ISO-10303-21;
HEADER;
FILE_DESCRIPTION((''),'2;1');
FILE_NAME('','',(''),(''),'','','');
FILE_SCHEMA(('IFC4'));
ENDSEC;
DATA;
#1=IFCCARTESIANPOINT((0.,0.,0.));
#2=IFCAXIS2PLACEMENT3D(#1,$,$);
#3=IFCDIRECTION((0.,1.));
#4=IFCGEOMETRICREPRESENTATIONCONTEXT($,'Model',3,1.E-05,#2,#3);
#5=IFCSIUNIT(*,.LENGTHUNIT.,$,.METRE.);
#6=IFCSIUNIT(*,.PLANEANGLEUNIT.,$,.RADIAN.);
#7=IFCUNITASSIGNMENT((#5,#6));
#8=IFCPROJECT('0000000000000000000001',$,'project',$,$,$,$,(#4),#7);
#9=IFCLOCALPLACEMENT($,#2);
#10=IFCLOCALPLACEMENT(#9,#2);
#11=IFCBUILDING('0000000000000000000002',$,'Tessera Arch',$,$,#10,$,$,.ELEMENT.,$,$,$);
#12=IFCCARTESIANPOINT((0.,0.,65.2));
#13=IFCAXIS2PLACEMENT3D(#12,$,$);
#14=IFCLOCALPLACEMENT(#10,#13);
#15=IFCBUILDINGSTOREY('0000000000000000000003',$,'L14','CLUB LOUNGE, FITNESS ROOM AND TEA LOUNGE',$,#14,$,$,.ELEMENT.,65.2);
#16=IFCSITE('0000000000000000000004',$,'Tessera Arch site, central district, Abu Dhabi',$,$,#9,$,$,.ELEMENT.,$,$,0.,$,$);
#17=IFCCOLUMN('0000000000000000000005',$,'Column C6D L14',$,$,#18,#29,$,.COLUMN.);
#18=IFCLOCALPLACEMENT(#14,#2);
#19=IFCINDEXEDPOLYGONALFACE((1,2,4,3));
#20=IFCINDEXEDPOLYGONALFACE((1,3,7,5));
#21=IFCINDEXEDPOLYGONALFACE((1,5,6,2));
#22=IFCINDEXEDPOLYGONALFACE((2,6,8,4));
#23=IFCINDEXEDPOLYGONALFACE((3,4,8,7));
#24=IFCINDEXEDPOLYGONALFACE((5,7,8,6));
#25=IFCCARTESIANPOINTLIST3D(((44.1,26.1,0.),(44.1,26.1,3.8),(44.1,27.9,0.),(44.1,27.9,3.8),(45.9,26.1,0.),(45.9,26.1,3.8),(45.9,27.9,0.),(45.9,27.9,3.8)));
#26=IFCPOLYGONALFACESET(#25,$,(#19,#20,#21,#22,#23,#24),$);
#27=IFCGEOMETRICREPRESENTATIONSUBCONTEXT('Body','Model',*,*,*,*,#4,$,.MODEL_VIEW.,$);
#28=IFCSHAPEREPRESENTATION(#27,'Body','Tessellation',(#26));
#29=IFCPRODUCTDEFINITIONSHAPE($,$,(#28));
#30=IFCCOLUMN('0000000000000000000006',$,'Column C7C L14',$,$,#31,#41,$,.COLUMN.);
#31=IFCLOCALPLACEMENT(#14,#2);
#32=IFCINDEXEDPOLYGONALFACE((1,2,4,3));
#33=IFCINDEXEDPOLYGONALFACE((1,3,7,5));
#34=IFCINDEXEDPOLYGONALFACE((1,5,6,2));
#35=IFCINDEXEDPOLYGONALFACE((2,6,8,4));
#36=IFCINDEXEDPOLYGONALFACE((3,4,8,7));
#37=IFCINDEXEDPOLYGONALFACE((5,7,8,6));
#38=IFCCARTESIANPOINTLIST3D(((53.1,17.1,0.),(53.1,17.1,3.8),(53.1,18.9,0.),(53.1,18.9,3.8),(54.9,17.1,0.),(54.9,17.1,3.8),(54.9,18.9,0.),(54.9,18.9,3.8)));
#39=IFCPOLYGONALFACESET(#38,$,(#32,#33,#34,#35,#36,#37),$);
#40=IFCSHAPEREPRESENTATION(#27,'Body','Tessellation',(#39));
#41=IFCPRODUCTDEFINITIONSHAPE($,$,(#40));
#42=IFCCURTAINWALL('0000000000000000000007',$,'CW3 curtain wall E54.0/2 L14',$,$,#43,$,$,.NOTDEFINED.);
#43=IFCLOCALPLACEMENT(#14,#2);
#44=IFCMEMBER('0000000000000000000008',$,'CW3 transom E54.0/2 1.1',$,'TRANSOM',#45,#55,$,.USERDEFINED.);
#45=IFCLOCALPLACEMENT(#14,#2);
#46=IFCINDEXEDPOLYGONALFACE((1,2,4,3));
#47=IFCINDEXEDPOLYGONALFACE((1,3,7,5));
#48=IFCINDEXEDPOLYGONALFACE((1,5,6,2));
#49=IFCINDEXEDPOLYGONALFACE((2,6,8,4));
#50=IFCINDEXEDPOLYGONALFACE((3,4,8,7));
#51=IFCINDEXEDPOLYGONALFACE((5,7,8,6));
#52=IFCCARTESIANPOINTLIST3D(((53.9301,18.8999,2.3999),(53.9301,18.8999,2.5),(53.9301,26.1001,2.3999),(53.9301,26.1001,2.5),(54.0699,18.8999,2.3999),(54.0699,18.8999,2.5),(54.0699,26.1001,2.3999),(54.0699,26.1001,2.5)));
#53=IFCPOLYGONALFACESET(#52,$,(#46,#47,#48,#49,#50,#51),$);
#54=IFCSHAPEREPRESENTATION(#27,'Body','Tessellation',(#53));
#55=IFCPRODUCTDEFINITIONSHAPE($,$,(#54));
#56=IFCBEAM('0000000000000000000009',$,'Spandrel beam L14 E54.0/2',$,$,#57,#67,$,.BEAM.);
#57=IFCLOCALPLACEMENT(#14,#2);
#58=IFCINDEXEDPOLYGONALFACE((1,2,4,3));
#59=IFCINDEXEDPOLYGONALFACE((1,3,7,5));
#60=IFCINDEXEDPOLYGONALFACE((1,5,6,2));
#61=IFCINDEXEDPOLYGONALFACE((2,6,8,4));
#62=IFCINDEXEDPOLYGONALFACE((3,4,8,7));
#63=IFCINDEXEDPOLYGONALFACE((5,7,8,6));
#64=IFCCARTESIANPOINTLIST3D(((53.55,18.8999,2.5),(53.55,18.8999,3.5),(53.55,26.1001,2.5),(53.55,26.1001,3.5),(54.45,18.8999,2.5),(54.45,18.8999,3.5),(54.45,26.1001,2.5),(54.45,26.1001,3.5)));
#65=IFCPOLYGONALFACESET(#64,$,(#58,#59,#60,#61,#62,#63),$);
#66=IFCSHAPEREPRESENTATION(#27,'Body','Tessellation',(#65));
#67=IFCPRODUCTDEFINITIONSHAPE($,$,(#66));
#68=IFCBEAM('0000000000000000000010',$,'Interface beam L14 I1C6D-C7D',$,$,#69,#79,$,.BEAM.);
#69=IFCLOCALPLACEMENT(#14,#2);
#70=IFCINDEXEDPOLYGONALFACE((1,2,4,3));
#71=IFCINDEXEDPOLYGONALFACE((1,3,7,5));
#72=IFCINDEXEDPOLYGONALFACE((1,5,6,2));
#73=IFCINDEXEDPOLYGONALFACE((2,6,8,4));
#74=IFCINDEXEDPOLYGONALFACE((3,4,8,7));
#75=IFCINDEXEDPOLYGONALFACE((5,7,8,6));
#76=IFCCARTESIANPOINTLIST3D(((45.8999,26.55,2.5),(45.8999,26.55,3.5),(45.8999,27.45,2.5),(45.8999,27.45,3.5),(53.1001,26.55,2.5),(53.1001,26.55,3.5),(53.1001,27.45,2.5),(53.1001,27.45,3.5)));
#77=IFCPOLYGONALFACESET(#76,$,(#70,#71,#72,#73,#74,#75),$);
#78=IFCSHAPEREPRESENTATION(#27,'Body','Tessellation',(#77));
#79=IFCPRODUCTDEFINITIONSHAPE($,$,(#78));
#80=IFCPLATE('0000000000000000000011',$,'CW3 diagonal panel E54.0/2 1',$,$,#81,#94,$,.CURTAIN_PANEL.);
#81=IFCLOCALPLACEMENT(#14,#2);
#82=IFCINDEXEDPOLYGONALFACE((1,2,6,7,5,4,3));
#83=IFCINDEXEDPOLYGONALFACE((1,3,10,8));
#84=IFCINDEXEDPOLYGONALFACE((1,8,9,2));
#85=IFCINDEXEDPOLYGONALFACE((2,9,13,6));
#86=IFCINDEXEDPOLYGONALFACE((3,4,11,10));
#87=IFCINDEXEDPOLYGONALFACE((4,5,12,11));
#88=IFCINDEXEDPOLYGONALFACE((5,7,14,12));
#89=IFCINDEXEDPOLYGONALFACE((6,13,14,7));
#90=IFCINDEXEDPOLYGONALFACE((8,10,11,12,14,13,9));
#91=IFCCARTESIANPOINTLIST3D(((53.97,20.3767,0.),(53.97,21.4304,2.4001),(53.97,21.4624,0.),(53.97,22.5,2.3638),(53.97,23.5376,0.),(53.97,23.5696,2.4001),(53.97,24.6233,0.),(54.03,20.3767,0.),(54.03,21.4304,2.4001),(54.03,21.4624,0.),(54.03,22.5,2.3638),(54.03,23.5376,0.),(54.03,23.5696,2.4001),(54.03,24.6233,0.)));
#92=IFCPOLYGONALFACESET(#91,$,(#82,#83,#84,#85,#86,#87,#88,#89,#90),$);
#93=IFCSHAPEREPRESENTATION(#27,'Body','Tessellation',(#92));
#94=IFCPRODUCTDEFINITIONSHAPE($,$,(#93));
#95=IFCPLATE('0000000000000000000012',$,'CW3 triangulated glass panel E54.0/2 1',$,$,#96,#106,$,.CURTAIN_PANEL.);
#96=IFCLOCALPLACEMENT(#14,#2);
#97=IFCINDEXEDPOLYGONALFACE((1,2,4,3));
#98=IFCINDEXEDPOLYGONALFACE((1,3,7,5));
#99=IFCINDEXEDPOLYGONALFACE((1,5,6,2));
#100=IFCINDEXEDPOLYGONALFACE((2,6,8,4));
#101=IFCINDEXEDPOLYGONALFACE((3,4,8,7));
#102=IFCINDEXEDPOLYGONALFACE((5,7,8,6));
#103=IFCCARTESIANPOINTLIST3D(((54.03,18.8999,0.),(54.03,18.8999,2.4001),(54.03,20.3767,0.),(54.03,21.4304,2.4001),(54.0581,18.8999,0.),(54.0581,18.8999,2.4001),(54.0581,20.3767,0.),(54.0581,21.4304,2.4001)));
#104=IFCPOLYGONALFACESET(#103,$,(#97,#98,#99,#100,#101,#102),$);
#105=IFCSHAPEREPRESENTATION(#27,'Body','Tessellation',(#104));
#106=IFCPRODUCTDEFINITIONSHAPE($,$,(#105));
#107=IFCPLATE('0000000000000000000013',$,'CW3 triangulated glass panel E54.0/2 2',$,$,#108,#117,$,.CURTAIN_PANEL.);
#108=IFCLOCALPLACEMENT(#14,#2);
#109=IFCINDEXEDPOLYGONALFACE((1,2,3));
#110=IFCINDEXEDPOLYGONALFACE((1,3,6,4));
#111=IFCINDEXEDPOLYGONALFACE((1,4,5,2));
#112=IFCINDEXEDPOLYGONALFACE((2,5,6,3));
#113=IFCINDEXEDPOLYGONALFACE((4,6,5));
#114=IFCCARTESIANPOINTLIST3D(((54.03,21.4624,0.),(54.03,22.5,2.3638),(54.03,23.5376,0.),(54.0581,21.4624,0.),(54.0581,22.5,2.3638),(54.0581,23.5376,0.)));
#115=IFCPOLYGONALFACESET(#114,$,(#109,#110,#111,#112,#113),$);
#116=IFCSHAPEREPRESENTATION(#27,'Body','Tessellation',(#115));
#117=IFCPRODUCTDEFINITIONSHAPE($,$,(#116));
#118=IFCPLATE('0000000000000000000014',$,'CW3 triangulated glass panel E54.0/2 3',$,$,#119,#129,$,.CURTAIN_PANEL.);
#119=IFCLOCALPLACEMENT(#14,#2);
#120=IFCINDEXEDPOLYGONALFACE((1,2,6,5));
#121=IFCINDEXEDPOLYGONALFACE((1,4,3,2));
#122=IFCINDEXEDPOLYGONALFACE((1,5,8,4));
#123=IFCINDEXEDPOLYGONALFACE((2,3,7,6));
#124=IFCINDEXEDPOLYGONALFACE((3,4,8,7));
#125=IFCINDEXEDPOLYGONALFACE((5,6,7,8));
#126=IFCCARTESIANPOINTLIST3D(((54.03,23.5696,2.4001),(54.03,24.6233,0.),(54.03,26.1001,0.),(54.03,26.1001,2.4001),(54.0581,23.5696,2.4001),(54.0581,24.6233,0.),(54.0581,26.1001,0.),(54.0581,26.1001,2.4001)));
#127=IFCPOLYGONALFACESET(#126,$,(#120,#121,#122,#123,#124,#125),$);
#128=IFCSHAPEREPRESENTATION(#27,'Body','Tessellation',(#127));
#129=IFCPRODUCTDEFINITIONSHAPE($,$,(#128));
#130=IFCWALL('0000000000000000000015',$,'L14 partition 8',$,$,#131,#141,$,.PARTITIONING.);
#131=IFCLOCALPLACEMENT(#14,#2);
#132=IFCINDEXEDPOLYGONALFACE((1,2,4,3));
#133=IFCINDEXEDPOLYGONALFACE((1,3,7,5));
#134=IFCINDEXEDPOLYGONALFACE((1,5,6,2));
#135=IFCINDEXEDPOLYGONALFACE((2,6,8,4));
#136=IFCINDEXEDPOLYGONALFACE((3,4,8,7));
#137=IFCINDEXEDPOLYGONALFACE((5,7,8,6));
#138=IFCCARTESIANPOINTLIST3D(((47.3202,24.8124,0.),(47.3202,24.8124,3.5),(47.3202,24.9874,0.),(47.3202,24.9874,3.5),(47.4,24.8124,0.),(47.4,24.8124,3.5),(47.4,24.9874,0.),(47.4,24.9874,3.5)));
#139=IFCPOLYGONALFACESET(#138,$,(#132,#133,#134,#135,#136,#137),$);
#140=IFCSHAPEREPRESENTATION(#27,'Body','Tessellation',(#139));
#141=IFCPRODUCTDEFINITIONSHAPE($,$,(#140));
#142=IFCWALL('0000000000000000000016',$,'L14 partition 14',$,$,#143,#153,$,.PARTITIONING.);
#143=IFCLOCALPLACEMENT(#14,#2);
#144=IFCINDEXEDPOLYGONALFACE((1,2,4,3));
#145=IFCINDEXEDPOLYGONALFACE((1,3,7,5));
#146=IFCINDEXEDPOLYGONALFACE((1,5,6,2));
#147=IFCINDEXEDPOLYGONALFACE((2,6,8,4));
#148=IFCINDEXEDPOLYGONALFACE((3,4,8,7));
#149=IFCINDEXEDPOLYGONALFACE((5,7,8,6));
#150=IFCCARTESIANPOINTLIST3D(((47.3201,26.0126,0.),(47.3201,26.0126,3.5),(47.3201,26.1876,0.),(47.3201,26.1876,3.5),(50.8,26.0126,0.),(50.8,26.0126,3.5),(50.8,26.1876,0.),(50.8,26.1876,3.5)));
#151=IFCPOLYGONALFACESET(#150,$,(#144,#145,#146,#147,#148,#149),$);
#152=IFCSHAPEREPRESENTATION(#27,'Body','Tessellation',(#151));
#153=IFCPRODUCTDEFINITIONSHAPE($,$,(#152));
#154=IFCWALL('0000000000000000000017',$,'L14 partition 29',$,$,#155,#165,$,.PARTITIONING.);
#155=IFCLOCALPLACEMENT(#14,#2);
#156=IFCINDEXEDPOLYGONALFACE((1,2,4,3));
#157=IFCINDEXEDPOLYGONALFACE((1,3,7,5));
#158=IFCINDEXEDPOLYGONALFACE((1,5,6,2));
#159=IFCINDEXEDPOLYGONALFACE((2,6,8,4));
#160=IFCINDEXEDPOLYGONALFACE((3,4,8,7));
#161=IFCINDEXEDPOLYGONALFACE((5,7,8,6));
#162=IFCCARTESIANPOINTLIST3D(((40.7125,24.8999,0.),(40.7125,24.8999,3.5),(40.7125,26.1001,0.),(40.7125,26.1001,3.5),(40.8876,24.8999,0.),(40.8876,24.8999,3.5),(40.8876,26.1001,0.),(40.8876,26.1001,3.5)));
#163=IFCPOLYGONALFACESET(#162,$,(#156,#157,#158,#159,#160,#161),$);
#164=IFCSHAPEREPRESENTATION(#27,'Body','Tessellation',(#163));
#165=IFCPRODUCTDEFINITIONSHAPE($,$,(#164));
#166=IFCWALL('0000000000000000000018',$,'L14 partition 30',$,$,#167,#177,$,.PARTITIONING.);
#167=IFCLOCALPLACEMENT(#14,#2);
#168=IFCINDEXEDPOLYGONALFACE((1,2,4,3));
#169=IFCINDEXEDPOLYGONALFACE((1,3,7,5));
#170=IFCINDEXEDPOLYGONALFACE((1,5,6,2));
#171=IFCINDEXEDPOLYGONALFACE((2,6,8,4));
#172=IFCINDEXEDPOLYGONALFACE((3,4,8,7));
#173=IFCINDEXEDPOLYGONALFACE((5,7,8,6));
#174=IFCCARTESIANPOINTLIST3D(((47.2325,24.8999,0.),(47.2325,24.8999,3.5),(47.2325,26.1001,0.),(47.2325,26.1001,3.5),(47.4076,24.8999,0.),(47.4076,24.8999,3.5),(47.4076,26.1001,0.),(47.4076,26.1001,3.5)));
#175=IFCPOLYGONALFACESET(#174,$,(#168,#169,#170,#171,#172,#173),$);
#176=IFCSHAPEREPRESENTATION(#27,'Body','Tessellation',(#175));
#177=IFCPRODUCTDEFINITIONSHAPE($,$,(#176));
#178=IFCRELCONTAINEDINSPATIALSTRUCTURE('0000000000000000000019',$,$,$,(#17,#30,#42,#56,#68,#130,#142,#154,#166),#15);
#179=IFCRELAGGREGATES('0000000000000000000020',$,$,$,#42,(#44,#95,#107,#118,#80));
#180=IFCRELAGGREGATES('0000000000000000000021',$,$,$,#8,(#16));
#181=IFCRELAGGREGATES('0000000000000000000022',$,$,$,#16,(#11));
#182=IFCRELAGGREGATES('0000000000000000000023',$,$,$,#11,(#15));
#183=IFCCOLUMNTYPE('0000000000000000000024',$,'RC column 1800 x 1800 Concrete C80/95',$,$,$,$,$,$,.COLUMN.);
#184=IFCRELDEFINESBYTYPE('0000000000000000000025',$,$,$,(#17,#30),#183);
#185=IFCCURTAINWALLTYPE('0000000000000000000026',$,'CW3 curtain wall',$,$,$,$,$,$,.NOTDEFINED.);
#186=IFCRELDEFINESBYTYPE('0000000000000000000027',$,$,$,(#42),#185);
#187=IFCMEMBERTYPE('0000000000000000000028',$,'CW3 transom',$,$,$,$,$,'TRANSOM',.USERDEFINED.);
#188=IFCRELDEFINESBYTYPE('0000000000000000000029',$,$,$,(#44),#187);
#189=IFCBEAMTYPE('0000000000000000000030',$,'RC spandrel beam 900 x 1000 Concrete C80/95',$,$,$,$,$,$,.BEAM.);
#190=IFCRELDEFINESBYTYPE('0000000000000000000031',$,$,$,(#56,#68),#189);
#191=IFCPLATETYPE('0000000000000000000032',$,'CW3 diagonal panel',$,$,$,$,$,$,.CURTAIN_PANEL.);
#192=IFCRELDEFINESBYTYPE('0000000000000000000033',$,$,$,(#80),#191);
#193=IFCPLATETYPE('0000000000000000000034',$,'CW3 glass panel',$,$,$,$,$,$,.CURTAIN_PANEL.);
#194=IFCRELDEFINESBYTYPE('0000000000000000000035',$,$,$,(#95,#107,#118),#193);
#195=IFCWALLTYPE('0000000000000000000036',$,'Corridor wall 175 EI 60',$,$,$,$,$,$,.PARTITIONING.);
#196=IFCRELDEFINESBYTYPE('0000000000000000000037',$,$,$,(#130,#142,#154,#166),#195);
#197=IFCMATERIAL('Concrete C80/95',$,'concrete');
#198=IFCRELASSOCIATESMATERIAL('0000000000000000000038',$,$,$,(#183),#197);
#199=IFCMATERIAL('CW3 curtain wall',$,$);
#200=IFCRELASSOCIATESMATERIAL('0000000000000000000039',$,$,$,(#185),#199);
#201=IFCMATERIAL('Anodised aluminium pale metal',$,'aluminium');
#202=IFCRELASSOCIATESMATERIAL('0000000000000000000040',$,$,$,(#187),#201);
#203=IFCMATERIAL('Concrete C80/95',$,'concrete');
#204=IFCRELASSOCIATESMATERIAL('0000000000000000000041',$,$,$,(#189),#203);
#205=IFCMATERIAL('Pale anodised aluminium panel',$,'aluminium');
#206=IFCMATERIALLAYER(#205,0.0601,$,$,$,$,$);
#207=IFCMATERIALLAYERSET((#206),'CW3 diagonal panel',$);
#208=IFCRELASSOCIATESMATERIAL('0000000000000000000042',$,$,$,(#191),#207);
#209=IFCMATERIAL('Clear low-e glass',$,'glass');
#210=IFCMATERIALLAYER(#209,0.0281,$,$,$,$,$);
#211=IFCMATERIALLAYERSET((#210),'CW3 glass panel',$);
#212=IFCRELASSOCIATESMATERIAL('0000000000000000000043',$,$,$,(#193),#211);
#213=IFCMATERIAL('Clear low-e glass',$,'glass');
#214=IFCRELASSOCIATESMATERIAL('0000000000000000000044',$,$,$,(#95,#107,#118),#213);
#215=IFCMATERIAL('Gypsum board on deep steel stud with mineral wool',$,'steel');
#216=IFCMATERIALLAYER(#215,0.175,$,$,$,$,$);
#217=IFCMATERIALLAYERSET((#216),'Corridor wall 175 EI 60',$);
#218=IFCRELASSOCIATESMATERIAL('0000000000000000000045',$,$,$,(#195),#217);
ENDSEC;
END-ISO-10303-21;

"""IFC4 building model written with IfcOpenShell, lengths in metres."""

from ifc_helpers import new_model, si_unit, direction, frame, frame_2d, origin, origin_2d, place, context, subcontext, project, spatial, polyline, rectangle, outline, extrude, material, layer, layer_set, material_profile, profile_set, type_object, element, aggregate, save


model = new_model("IFC4")

# Units and contexts
model_context = context("Model", 3, precision=1e-05, world=origin(), true_north=direction((0.0, 1.0)))
body_context = subcontext(model_context, "Body", "Model", "MODEL_VIEW")
ifc_project = project(units=[si_unit("LENGTHUNIT", "METRE"), si_unit("PLANEANGLEUNIT", "RADIAN")], contexts=[model_context])

# Site, building, storey
site_placement = place(None, origin())
site = spatial("IfcSite", under=ifc_project, at=site_placement, Name="Tessera Arch site, central district, Abu Dhabi", CompositionType="ELEMENT", RefElevation=0.0)
building_placement = place(site_placement, origin())
building = spatial("IfcBuilding", under=site, at=building_placement, Name="Tessera Arch", CompositionType="ELEMENT")
storey_placement = place(building_placement, frame((0.0, 0.0, 65.2)))
storey = spatial("IfcBuildingStorey", under=building, at=storey_placement, Name="L14", Description="CLUB LOUNGE, FITNESS ROOM AND TEA LOUNGE", CompositionType="ELEMENT", Elevation=65.2)

# Columns
ifc_material_1 = material(Name="Concrete C80/95", Category="concrete")
ifc_material_profile_1 = material_profile(ifc_material_1, rectangle(XDim=1.8, YDim=1.8, at=origin_2d()), Name="RC column 1800 x 1800 Concrete C80/95")
ifc_profile_set_1 = profile_set([ifc_material_profile_1], Name="Concrete C80/95")
column_type = type_object("IfcColumnType", Name="RC column 1800 x 1800 Concrete C80/95", PredefinedType="COLUMN", material=ifc_profile_set_1)
for number, where, z_axis, x_axis, name in (
    (1, (45.0, 27.0, 0.0), (0.0, 0.0, 1.0), (1.0, 0.0, 0.0), "Column C6D L14"),
    (2, (54.0, 18.0, 0.0), (0.0, 0.0, 1.0), (1.0, 0.0, 0.0), "Column C7C L14"),
):
    element("IfcColumn", number, at=place(storey_placement, frame(where, z_axis=z_axis, x_axis=x_axis)), inside=storey, type_object=column_type, Name=name, PredefinedType="COLUMN", context=body_context, shape_type="SweptSolid", body=[
        extrude(rectangle(XDim=1.8, YDim=1.8, at=origin_2d()), origin(), (0.0, 0.0, 1.0), 3.8),
    ])

# Curtain wall, member
ifc_material_2 = material(Name="CW3 curtain wall")
curtain_wall_type = type_object("IfcCurtainWallType", Name="CW3 curtain wall", PredefinedType="NOTDEFINED", material=ifc_material_2)
curtain_wall_placement = place(storey_placement, origin())
curtain_wall = element("IfcCurtainWall", 3, at=curtain_wall_placement, inside=storey, type_object=curtain_wall_type, Name="CW3 curtain wall E54.0/2 L14", PredefinedType="NOTDEFINED")
ifc_material_3 = material(Name="Anodised aluminium pale metal", Category="aluminium")
ifc_material_profile_2 = material_profile(ifc_material_3, rectangle(XDim=0.1399, YDim=0.1001, at=origin_2d()), Name="AL 140x100")
ifc_profile_set_2 = profile_set([ifc_material_profile_2], Name="Anodised aluminium pale metal")
member_type = type_object("IfcMemberType", Name="CW3 transom", ElementType="TRANSOM", PredefinedType="USERDEFINED", material=ifc_profile_set_2)
member_placement = place(storey_placement, frame((54.0, 18.8999, 2.45), z_axis=(0.0, 1.0, 0.0), x_axis=(-1.0, 0.0, 0.0)))
member = element("IfcMember", 4, at=member_placement, type_object=member_type, Name="CW3 transom E54.0/2 1.1", ObjectType="TRANSOM", PredefinedType="USERDEFINED", context=body_context, shape_type="SweptSolid", body=[
    extrude(rectangle(XDim=0.1399, YDim=0.1001, at=origin_2d()), origin(), (0.0, 0.0, 1.0), 7.2002),
])

# Beams
ifc_material_4 = material(Name="Concrete C80/95", Category="concrete")
ifc_material_profile_3 = material_profile(ifc_material_4, rectangle(XDim=0.8999, YDim=1.0, at=origin_2d()), Name="RC spandrel beam 900 x 1000 Concrete C80/95")
ifc_profile_set_3 = profile_set([ifc_material_profile_3], Name="Concrete C80/95")
beam_type = type_object("IfcBeamType", Name="RC spandrel beam 900 x 1000 Concrete C80/95", PredefinedType="BEAM", material=ifc_profile_set_3)
for number, where, z_axis, x_axis, name in (
    (5, (54.0, 18.8999, 3.0), (0.0, 1.0, 0.0), (-1.0, 0.0, 0.0), "Spandrel beam L14 E54.0/2"),
    (6, (45.8999, 27.0, 3.0), (1.0, 0.0, 0.0), (0.0, 1.0, 0.0), "Interface beam L14 I1C6D-C7D"),
):
    element("IfcBeam", number, at=place(storey_placement, frame(where, z_axis=z_axis, x_axis=x_axis)), inside=storey, type_object=beam_type, Name=name, PredefinedType="BEAM", context=body_context, shape_type="SweptSolid", body=[
        extrude(rectangle(XDim=0.8999, YDim=1.0, at=origin_2d()), origin(), (0.0, 0.0, 1.0), 7.2002),
    ])

# Plates
ifc_material_5 = material(Name="Pale anodised aluminium panel", Category="aluminium")
ifc_layer_1 = layer(ifc_material_5, 0.0601)
ifc_layer_set_1 = layer_set([ifc_layer_1], Name="CW3 diagonal panel")
plate_type_1 = type_object("IfcPlateType", Name="CW3 diagonal panel", PredefinedType="CURTAIN_PANEL", material=ifc_layer_set_1)
plate_1_placement = place(storey_placement, frame((54.03, 23.5696, 2.4001), z_axis=(1.0, 0.0, 0.0), x_axis=(0.0, -1.0, 0.0)))
plate_1 = element("IfcPlate", 7, at=plate_1_placement, type_object=plate_type_1, Name="CW3 diagonal panel E54.0/2 1", PredefinedType="CURTAIN_PANEL", context=body_context, shape_type="SweptSolid", body=[
    extrude(outline(polyline([(0.0, 0.0), (2.1392, 0.0), (3.1929, 2.4001), (2.1072, 2.4001), (1.0696, 0.0364), (0.032, 2.4001), (-1.0537, 2.4001), (0.0, 0.0)])), origin(), (0.0, 0.0, -1.0), 0.0601),
])
ifc_material_6 = material(Name="Clear low-e glass", Category="glass")
ifc_material_7 = material(Name="Clear low-e glass", Category="glass")
ifc_layer_2 = layer(ifc_material_7, 0.0281)
ifc_layer_set_2 = layer_set([ifc_layer_2], Name="CW3 glass panel")
plate_type_2 = type_object("IfcPlateType", Name="CW3 glass panel", PredefinedType="CURTAIN_PANEL", material=ifc_layer_set_2)
plate_2_placement = place(storey_placement, frame((54.0581, 18.8999, 0.0), z_axis=(1.0, 0.0, 0.0), x_axis=(0.0, 1.0, 0.0)))
plate_2 = element("IfcPlate", 8, at=plate_2_placement, type_object=plate_type_2, material=ifc_material_6, Name="CW3 triangulated glass panel E54.0/2 1", PredefinedType="CURTAIN_PANEL", context=body_context, shape_type="SweptSolid", body=[
    extrude(outline(polyline([(0.0, 0.0), (1.4768, 0.0), (2.5305, 2.4001), (0.0, 2.4001), (0.0, 0.0)])), origin(), (0.0, 0.0, -1.0), 0.0281),
])
plate_3_placement = place(storey_placement, frame((54.0581, 21.4624, 0.0), z_axis=(1.0, 0.0, 0.0), x_axis=(0.0, 1.0, 0.0)))
plate_3 = element("IfcPlate", 9, at=plate_3_placement, type_object=plate_type_2, material=ifc_material_6, Name="CW3 triangulated glass panel E54.0/2 2", PredefinedType="CURTAIN_PANEL", context=body_context, shape_type="SweptSolid", body=[
    extrude(outline(polyline([(0.0, 0.0), (2.0752, 0.0), (1.0376, 2.3638), (0.0, 0.0)])), origin(), (0.0, 0.0, -1.0), 0.0281),
])
plate_4_placement = place(storey_placement, frame((54.0581, 26.1001, 2.4001), z_axis=(1.0, 0.0, 0.0), x_axis=(0.0, -1.0, 0.0)))
plate_4 = element("IfcPlate", 10, at=plate_4_placement, type_object=plate_type_2, material=ifc_material_6, Name="CW3 triangulated glass panel E54.0/2 3", PredefinedType="CURTAIN_PANEL", context=body_context, shape_type="SweptSolid", body=[
    extrude(outline(polyline([(0.0, 0.0), (2.5305, 0.0), (1.4768, 2.4001), (0.0, 2.4001), (0.0, 0.0)])), origin(), (0.0, 0.0, -1.0), 0.0281),
])
aggregate(curtain_wall, [member, plate_2, plate_3, plate_4, plate_1])

# Walls
ifc_material_8 = material(Name="Gypsum board on deep steel stud with mineral wool", Category="steel")
ifc_layer_3 = layer(ifc_material_8, 0.175)
ifc_layer_set_3 = layer_set([ifc_layer_3], Name="Corridor wall 175 EI 60")
wall_type_1 = type_object("IfcWallType", Name="Corridor wall 175 EI 60", PredefinedType="PARTITIONING", material=ifc_layer_set_3)
wall_1_placement = place(storey_placement, frame((47.3201, 24.8999, 0.0), z_axis=(0.0, 0.0, 1.0), x_axis=(1.0, 0.0, 0.0)))
element("IfcWall", 11, at=wall_1_placement, inside=storey, type_object=wall_type_1, Name="L14 partition 8", PredefinedType="PARTITIONING", context=body_context, shape_type="SweptSolid", body=[
    extrude(rectangle(XDim=0.0798, YDim=0.175, at=frame_2d((0.04, 0.0))), origin(), (0.0, 0.0, 1.0), 3.5),
])
wall_2_placement = place(storey_placement, frame((47.3201, 26.1001, 0.0), z_axis=(0.0, 0.0, 1.0), x_axis=(1.0, 0.0, 0.0)))
element("IfcWall", 12, at=wall_2_placement, inside=storey, type_object=wall_type_1, Name="L14 partition 14", PredefinedType="PARTITIONING", context=body_context, shape_type="SweptSolid", body=[
    extrude(rectangle(XDim=3.48, YDim=0.175, at=frame_2d((1.74, 0.0))), origin(), (0.0, 0.0, 1.0), 3.5),
])
for number, where, z_axis, x_axis, name in (
    (13, (40.8, 24.8999, 0.0), (0.0, 0.0, 1.0), (0.0, 1.0, 0.0), "L14 partition 29"),
    (14, (47.3201, 24.8999, 0.0), (0.0, 0.0, 1.0), (0.0, 1.0, 0.0), "L14 partition 30"),
):
    element("IfcWall", number, at=place(storey_placement, frame(where, z_axis=z_axis, x_axis=x_axis)), inside=storey, type_object=wall_type_1, Name=name, PredefinedType="PARTITIONING", context=body_context, shape_type="SweptSolid", body=[
        extrude(rectangle(XDim=1.2002, YDim=0.175, at=frame_2d((0.6001, 0.0))), origin(), (0.0, 0.0, 1.0), 3.5),
    ])

save(model, "model.ifc")
